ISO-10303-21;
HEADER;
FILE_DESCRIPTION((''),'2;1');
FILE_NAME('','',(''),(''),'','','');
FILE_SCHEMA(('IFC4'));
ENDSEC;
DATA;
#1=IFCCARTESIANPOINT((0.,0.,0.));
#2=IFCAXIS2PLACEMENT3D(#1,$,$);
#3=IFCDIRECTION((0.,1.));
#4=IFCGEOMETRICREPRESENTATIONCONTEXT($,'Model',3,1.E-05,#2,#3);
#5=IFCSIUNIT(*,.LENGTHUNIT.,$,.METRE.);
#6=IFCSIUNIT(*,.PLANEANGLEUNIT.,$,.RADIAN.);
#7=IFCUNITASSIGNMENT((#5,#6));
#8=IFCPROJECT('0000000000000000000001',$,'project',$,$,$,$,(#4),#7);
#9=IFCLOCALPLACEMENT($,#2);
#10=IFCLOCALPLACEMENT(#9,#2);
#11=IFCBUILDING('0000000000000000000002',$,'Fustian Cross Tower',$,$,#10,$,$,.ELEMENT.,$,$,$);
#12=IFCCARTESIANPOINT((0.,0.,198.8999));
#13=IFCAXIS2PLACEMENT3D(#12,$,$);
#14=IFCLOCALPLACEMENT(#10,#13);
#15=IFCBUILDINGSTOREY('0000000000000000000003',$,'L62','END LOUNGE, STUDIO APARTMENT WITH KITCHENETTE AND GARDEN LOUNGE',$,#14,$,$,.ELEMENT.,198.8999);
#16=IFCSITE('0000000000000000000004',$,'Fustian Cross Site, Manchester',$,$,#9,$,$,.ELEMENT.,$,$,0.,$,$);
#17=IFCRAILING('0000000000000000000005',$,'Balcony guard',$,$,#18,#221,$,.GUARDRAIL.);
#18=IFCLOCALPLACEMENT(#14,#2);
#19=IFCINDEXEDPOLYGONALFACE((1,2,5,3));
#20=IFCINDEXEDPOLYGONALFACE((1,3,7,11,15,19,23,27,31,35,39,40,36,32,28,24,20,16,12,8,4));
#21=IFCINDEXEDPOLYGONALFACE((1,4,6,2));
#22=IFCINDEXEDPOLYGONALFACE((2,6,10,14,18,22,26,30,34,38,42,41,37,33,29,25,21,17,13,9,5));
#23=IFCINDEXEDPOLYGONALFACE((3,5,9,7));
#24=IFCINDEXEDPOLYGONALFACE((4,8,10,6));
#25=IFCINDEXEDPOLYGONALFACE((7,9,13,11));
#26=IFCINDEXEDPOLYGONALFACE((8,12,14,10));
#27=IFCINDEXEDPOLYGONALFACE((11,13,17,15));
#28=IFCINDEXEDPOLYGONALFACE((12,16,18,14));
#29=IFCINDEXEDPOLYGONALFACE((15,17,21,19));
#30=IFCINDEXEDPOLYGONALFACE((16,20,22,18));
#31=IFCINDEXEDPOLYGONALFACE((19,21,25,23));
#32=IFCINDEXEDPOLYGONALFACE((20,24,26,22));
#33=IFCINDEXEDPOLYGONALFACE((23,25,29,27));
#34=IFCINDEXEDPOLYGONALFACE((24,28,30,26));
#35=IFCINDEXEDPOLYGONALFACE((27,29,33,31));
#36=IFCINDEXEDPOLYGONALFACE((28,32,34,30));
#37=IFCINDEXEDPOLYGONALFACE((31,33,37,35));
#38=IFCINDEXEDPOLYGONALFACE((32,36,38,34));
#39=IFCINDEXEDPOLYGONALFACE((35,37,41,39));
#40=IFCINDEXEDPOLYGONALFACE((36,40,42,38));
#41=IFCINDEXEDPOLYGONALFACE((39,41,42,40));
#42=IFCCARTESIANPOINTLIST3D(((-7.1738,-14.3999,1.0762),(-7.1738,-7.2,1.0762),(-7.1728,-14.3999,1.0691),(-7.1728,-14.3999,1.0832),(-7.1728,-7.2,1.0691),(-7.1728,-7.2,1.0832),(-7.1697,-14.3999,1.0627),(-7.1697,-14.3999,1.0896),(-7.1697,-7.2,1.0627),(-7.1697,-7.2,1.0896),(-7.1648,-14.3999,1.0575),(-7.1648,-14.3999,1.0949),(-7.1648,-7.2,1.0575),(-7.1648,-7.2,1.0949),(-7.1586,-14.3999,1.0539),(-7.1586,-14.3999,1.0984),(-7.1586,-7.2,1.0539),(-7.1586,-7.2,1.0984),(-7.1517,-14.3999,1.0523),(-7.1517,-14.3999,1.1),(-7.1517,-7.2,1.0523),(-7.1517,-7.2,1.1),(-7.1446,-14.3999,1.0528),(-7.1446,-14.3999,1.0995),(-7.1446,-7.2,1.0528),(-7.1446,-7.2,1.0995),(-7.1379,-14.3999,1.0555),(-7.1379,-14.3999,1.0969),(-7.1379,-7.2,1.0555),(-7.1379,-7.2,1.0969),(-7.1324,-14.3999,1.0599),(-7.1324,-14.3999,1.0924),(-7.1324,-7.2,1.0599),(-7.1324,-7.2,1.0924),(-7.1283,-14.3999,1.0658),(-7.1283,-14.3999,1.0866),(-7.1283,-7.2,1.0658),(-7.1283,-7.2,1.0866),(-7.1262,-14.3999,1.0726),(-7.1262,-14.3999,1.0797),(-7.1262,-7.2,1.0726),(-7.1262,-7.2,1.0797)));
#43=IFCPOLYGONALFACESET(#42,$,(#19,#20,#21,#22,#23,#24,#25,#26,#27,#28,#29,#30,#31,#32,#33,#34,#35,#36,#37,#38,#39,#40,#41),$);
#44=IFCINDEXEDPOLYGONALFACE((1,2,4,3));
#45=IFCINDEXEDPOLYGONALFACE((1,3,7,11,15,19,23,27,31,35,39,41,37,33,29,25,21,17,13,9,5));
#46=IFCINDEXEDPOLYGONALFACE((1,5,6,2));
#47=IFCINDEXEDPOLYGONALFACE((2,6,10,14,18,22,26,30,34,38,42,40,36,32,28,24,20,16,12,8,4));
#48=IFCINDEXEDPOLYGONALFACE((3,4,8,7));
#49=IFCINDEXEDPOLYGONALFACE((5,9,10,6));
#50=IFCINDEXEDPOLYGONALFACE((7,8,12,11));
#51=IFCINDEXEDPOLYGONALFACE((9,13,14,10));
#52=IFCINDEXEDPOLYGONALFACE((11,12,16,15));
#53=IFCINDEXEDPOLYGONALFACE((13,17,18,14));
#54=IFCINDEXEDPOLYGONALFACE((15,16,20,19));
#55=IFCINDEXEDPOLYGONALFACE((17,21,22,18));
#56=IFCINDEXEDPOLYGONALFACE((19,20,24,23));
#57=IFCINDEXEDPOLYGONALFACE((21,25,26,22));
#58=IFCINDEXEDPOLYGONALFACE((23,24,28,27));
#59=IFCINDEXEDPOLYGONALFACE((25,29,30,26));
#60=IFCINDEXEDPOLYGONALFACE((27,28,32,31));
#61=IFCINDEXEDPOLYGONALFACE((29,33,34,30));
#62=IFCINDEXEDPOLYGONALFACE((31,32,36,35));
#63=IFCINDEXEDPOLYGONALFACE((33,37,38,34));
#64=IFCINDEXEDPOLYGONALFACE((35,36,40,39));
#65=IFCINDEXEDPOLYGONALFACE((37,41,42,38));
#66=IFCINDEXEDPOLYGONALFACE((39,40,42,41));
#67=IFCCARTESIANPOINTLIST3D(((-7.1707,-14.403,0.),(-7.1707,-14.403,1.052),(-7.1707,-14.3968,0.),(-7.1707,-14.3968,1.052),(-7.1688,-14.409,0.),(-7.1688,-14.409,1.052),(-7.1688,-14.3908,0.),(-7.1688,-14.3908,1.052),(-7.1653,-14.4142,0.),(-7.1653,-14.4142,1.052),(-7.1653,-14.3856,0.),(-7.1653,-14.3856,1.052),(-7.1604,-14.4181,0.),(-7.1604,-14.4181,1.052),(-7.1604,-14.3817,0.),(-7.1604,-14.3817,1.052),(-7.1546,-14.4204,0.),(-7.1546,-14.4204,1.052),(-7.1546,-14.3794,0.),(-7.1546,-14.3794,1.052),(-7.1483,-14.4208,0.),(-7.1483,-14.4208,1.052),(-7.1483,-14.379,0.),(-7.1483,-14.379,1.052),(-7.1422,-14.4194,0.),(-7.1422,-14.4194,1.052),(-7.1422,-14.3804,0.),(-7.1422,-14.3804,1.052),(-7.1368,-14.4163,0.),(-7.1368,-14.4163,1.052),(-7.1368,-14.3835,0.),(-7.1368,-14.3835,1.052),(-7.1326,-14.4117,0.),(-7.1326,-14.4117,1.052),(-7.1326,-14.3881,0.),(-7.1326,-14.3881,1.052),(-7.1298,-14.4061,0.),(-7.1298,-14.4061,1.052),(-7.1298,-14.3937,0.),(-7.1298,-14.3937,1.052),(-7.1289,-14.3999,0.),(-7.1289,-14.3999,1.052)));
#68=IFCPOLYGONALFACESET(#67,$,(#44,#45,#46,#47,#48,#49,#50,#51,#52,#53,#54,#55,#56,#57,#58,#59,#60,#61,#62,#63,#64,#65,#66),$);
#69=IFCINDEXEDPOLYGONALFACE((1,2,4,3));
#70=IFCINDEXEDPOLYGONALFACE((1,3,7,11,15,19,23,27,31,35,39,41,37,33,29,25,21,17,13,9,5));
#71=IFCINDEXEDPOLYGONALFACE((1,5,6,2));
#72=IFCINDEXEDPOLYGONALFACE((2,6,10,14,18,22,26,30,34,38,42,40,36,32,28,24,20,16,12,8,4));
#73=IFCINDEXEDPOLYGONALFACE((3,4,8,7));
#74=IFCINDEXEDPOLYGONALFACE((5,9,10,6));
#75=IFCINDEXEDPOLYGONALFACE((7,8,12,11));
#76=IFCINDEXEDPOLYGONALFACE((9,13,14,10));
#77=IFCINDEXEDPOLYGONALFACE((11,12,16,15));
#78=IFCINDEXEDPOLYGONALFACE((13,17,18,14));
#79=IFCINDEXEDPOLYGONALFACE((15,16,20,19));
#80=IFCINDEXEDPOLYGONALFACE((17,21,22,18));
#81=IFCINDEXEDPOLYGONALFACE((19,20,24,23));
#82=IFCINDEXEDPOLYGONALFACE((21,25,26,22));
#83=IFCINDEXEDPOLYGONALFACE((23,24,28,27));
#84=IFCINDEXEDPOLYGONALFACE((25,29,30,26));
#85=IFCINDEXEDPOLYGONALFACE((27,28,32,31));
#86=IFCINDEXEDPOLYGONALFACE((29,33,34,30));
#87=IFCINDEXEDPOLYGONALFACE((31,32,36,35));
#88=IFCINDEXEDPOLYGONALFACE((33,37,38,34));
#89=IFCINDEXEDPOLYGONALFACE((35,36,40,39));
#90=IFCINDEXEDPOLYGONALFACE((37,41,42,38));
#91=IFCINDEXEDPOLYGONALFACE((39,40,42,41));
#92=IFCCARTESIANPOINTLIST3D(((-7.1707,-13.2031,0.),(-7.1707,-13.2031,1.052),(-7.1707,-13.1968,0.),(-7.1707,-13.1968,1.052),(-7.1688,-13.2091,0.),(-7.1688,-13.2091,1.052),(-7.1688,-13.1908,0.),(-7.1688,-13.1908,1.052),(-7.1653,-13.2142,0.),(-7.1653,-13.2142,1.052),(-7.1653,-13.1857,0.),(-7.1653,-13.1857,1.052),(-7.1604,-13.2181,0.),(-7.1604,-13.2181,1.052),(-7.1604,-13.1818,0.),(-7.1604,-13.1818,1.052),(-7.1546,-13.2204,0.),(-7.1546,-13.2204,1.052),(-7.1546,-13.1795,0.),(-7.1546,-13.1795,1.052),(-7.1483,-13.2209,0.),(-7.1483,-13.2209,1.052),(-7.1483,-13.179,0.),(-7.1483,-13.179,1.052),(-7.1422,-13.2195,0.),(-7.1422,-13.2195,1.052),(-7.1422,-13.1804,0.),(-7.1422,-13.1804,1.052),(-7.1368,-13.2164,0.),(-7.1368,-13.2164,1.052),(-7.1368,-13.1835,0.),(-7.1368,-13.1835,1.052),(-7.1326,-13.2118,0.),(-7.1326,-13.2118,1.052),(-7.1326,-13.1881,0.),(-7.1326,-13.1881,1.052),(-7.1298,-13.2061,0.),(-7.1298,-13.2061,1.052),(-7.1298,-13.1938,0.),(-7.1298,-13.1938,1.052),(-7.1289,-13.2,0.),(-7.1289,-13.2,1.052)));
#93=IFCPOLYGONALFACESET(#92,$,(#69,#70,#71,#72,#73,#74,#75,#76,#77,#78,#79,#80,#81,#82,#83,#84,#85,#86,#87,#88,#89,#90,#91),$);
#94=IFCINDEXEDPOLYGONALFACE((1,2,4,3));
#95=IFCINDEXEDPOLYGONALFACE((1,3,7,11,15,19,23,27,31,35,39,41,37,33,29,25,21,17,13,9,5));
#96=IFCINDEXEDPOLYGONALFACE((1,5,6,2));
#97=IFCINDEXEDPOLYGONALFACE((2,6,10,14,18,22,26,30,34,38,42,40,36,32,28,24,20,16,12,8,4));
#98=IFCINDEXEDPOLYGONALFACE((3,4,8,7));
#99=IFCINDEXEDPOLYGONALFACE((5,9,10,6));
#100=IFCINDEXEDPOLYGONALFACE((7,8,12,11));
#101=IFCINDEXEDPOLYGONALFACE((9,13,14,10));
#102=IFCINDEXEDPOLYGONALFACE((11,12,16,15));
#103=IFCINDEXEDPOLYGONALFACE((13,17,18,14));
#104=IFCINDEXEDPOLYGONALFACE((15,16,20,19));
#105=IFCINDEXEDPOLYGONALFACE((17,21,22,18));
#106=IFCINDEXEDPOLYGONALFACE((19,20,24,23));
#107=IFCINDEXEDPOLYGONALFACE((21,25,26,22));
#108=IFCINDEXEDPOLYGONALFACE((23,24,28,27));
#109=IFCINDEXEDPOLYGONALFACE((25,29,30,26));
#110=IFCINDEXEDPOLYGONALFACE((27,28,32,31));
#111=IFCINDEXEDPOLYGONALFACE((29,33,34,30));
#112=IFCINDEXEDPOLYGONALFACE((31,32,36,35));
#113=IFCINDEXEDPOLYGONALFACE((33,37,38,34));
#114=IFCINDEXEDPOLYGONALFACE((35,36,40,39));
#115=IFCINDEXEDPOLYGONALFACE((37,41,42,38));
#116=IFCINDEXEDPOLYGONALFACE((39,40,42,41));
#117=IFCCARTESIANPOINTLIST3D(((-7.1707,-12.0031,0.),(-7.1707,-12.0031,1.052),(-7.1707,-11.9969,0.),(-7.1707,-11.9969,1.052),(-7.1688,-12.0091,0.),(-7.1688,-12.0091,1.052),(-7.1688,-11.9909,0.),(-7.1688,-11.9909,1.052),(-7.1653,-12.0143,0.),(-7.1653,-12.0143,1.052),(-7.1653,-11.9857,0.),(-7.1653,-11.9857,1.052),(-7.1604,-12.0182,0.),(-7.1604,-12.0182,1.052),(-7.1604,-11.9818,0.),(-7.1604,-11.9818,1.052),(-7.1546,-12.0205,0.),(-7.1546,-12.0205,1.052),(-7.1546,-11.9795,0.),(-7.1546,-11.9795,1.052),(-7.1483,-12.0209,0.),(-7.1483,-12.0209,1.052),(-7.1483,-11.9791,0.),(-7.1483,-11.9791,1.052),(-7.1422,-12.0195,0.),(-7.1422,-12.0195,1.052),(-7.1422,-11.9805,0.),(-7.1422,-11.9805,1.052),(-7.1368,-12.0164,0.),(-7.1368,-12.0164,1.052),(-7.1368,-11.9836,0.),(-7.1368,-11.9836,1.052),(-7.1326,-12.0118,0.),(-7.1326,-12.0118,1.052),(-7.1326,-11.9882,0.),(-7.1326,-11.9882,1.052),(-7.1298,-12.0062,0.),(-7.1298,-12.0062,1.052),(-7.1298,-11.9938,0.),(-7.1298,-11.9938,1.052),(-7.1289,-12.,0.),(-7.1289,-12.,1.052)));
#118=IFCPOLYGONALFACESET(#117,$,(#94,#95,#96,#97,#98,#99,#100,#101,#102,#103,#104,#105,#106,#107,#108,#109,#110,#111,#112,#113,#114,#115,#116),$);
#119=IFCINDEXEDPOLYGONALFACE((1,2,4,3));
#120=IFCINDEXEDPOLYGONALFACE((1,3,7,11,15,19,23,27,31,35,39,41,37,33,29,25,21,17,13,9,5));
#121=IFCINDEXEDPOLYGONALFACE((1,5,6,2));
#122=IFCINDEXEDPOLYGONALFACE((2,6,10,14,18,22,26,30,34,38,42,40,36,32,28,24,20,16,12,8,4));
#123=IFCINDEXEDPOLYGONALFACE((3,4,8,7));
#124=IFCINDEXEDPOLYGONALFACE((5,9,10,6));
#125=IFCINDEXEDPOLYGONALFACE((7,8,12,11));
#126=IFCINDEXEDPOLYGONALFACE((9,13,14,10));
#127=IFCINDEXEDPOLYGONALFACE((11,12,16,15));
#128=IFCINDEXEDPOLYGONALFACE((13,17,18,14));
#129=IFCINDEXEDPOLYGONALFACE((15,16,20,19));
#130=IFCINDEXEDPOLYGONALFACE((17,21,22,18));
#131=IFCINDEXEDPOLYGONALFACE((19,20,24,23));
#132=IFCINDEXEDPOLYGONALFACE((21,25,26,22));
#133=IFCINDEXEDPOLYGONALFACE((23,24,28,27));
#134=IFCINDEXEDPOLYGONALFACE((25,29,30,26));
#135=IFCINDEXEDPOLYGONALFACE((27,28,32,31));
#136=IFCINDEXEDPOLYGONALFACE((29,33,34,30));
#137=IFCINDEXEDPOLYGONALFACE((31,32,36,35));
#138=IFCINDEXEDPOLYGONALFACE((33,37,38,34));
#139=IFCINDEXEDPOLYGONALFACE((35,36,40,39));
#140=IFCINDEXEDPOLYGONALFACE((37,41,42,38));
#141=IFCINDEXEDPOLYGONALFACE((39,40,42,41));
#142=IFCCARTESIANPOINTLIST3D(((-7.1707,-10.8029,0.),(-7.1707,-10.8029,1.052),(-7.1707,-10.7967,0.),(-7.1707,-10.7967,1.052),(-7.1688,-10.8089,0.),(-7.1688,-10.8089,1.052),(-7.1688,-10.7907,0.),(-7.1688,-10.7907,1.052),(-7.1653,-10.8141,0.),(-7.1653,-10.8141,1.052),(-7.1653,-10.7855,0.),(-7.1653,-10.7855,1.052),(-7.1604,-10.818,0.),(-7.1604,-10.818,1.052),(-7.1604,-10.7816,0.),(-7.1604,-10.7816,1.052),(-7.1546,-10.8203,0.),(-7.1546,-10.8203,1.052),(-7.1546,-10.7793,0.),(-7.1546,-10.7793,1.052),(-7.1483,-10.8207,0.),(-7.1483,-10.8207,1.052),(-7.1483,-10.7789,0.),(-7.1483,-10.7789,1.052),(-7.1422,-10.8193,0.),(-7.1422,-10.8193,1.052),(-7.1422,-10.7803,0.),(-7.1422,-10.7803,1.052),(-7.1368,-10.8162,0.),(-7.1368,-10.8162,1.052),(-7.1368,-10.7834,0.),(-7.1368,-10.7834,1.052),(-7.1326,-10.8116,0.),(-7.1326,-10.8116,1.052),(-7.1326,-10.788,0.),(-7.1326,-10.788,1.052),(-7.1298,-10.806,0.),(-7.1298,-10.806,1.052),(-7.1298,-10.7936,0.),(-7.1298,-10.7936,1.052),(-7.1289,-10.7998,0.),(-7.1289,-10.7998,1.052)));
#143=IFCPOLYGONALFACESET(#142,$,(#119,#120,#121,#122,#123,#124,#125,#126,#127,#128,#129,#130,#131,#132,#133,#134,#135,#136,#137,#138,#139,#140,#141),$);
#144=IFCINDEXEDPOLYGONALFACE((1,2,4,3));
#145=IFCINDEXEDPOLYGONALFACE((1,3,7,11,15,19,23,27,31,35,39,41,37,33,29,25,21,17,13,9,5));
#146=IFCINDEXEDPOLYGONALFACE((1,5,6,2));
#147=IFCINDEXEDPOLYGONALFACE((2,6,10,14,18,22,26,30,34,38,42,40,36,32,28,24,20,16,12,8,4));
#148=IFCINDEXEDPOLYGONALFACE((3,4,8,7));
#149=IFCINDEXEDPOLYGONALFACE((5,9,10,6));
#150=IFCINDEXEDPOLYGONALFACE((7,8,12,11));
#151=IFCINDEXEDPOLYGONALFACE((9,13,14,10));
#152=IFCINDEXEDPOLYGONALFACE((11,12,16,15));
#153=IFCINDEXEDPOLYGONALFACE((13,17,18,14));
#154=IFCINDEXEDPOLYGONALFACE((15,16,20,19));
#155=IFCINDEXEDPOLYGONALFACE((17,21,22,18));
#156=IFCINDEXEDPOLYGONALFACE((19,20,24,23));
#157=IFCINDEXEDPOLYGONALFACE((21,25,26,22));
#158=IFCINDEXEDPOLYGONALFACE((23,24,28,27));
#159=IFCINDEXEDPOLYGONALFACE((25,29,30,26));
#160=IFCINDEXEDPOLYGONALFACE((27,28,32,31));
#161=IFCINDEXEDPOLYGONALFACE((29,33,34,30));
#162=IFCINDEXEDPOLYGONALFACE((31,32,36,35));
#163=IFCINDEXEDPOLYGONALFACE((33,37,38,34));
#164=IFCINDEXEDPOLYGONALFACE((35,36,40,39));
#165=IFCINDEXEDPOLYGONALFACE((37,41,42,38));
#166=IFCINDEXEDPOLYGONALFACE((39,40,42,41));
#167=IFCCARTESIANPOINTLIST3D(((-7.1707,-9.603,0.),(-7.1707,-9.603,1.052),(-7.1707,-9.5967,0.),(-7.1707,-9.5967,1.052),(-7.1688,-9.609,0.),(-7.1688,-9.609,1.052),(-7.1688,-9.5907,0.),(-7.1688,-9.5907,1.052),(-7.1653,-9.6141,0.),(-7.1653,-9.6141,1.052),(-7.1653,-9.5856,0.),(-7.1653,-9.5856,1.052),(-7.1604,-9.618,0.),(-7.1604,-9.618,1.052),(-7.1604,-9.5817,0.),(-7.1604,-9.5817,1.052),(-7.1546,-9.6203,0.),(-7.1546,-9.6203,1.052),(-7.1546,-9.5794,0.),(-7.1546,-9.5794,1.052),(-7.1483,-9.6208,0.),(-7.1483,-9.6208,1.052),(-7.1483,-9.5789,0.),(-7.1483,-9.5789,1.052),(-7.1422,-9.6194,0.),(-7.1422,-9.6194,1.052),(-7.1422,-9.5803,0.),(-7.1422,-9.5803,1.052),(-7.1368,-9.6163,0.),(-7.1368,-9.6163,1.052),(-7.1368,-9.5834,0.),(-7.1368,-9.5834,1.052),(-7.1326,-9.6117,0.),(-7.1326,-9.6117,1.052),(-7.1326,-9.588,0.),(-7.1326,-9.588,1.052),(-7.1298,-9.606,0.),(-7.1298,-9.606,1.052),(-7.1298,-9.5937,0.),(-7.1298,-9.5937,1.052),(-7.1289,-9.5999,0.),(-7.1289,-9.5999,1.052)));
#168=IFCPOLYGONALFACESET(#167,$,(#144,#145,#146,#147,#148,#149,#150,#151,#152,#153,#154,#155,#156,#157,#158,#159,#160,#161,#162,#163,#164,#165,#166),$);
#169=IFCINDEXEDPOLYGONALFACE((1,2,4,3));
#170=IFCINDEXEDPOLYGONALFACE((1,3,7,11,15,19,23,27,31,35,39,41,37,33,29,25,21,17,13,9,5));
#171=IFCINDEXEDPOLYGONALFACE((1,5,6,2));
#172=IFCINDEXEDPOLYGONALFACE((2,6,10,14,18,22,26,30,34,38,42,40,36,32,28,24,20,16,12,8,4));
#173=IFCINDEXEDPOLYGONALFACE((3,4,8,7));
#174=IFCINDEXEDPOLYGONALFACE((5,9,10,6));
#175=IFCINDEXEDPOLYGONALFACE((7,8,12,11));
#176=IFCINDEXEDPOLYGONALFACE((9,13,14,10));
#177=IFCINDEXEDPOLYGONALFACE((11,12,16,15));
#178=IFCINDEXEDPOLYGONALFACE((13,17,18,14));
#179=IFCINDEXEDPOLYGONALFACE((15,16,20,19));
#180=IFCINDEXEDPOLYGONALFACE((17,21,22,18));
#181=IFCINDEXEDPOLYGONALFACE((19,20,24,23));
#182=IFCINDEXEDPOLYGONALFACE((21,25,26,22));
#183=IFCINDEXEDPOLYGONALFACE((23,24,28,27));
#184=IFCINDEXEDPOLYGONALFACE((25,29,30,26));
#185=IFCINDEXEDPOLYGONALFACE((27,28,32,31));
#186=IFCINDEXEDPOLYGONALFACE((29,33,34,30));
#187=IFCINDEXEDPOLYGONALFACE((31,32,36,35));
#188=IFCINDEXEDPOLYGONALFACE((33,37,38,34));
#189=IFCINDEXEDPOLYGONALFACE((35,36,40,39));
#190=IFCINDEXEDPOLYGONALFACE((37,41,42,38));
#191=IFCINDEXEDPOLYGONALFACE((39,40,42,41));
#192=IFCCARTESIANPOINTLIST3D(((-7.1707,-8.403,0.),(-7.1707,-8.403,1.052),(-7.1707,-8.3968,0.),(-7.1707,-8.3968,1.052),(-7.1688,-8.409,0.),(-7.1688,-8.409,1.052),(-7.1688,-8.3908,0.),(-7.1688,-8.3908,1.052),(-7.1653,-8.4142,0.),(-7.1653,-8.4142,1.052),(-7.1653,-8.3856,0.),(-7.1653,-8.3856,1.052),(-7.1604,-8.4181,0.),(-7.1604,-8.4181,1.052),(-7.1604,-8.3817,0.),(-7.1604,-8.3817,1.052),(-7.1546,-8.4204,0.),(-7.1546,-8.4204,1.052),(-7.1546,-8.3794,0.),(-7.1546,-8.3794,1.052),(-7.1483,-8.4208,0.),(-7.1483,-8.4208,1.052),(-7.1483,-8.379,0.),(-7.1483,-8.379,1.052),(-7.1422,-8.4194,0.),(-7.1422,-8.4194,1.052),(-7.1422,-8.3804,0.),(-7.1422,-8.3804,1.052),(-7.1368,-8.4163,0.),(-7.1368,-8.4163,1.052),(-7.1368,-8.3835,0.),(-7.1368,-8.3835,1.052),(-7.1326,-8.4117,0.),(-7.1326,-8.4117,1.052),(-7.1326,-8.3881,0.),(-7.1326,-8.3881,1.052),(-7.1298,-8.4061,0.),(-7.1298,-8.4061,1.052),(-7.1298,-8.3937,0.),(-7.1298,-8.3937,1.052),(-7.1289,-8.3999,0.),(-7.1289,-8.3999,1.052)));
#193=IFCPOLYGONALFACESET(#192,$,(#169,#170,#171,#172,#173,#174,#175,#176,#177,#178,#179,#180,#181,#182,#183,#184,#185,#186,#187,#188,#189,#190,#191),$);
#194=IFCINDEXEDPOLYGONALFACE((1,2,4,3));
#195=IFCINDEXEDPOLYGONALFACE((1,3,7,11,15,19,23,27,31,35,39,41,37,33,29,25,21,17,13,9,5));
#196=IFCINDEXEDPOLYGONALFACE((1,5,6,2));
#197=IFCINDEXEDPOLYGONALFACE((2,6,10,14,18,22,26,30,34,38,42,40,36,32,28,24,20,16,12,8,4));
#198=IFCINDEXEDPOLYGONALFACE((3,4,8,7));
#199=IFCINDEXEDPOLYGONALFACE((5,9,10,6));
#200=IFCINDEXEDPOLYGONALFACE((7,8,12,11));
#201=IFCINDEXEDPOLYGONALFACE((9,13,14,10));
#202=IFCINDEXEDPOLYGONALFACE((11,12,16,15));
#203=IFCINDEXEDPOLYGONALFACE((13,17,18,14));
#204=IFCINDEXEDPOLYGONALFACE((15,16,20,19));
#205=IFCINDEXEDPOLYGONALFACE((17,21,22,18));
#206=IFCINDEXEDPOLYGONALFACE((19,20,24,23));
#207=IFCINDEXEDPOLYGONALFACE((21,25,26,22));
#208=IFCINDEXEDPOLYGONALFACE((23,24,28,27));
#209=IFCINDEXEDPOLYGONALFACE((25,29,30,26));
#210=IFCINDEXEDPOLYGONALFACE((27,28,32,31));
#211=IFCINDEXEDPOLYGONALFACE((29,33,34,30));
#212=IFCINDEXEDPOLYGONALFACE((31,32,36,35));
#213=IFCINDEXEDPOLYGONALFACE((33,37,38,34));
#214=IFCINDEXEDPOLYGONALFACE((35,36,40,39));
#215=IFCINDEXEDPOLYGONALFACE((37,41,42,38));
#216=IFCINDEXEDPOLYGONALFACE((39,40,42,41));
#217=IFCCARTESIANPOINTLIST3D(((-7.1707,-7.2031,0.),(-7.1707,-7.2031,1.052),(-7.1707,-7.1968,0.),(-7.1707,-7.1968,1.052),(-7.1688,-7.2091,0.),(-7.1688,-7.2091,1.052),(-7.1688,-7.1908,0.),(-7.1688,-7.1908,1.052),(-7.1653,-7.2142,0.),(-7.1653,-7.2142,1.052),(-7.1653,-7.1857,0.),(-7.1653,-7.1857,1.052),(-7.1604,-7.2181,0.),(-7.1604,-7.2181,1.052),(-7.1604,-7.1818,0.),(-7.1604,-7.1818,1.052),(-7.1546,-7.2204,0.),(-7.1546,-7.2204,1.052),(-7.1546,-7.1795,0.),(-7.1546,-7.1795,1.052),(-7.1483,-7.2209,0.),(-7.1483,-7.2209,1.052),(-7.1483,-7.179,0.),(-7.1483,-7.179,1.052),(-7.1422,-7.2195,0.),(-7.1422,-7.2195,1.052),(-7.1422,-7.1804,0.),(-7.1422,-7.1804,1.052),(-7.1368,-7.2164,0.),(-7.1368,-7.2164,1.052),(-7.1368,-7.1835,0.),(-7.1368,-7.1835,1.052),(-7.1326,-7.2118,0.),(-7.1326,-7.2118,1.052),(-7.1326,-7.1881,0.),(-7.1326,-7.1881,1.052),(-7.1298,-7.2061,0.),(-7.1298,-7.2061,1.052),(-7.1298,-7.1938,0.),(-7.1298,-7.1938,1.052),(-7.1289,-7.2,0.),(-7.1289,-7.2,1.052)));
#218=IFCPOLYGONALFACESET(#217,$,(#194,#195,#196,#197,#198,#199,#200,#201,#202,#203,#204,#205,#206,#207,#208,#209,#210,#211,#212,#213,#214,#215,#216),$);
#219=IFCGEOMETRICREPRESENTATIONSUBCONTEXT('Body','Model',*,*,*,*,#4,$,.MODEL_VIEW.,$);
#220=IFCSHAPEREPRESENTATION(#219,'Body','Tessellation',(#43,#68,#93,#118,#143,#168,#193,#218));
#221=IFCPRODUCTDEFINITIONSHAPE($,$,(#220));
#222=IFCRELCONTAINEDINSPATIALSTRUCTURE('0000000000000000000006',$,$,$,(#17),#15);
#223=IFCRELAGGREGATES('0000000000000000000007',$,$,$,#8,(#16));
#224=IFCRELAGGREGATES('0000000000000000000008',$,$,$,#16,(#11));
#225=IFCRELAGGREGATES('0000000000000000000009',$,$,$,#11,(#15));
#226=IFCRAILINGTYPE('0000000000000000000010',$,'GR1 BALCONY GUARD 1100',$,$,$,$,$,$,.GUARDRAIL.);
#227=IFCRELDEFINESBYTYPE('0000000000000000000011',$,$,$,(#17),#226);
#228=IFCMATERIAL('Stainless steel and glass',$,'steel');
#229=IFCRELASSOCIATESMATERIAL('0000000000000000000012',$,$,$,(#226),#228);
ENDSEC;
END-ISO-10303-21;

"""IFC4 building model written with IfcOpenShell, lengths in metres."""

from ifc_helpers import new_model, si_unit, direction, frame, origin, origin_2d, place, context, subcontext, project, spatial, circle, extrude, material, type_object, element, save


model = new_model("IFC4")

# Units and contexts
model_context = context("Model", 3, precision=1e-05, world=origin(), true_north=direction((0.0, 1.0)))
body_context = subcontext(model_context, "Body", "Model", "MODEL_VIEW")
ifc_project = project(units=[si_unit("LENGTHUNIT", "METRE"), si_unit("PLANEANGLEUNIT", "RADIAN")], contexts=[model_context])

# Site, building, storey
site_placement = place(None, origin())
site = spatial("IfcSite", under=ifc_project, at=site_placement, Name="Fustian Cross Site, Manchester", CompositionType="ELEMENT", RefElevation=0.0)
building_placement = place(site_placement, origin())
building = spatial("IfcBuilding", under=site, at=building_placement, Name="Fustian Cross Tower", CompositionType="ELEMENT")
storey_placement = place(building_placement, frame((0.0, 0.0, 198.8999)))
storey = spatial("IfcBuildingStorey", under=building, at=storey_placement, Name="L62", Description="END LOUNGE, STUDIO APARTMENT WITH KITCHENETTE AND GARDEN LOUNGE", CompositionType="ELEMENT", Elevation=198.8999)

# Railing
ifc_material_1 = material(Name="Stainless steel and glass", Category="steel")
railing_type = type_object("IfcRailingType", Name="GR1 BALCONY GUARD 1100", PredefinedType="GUARDRAIL", material=ifc_material_1)
railing_placement = place(storey_placement, frame((-7.1499, -14.3999, 0.0)))
element("IfcRailing", 1, at=railing_placement, inside=storey, type_object=railing_type, Name="Balcony guard", PredefinedType="GUARDRAIL", context=body_context, shape_type="SweptSolid", body=[
    extrude(circle(Radius=0.0239, at=origin_2d()), frame((0.0, 0.0, 1.0762), z_axis=(0.0, 1.0, 0.0), x_axis=(-1.0, 0.0, 0.0)), (0.0, 0.0, 1.0), 7.2),
    extrude(circle(Radius=0.021, at=origin_2d()), origin(), (0.0, 0.0, 1.0), 1.052),
    extrude(circle(Radius=0.021, at=origin_2d()), frame((0.0, 1.2, 0.0)), (0.0, 0.0, 1.0), 1.052),
    extrude(circle(Radius=0.021, at=origin_2d()), frame((0.0, 2.3999, 0.0)), (0.0, 0.0, 1.0), 1.052),
    extrude(circle(Radius=0.021, at=origin_2d()), frame((0.0, 3.6001, 0.0)), (0.0, 0.0, 1.0), 1.052),
    extrude(circle(Radius=0.021, at=origin_2d()), frame((0.0, 4.8, 0.0)), (0.0, 0.0, 1.0), 1.052),
    extrude(circle(Radius=0.021, at=origin_2d()), frame((0.0, 6.0, 0.0)), (0.0, 0.0, 1.0), 1.052),
    extrude(circle(Radius=0.021, at=origin_2d()), frame((0.0, 7.2, 0.0)), (0.0, 0.0, 1.0), 1.052),
])

save(model, "model.ifc")
